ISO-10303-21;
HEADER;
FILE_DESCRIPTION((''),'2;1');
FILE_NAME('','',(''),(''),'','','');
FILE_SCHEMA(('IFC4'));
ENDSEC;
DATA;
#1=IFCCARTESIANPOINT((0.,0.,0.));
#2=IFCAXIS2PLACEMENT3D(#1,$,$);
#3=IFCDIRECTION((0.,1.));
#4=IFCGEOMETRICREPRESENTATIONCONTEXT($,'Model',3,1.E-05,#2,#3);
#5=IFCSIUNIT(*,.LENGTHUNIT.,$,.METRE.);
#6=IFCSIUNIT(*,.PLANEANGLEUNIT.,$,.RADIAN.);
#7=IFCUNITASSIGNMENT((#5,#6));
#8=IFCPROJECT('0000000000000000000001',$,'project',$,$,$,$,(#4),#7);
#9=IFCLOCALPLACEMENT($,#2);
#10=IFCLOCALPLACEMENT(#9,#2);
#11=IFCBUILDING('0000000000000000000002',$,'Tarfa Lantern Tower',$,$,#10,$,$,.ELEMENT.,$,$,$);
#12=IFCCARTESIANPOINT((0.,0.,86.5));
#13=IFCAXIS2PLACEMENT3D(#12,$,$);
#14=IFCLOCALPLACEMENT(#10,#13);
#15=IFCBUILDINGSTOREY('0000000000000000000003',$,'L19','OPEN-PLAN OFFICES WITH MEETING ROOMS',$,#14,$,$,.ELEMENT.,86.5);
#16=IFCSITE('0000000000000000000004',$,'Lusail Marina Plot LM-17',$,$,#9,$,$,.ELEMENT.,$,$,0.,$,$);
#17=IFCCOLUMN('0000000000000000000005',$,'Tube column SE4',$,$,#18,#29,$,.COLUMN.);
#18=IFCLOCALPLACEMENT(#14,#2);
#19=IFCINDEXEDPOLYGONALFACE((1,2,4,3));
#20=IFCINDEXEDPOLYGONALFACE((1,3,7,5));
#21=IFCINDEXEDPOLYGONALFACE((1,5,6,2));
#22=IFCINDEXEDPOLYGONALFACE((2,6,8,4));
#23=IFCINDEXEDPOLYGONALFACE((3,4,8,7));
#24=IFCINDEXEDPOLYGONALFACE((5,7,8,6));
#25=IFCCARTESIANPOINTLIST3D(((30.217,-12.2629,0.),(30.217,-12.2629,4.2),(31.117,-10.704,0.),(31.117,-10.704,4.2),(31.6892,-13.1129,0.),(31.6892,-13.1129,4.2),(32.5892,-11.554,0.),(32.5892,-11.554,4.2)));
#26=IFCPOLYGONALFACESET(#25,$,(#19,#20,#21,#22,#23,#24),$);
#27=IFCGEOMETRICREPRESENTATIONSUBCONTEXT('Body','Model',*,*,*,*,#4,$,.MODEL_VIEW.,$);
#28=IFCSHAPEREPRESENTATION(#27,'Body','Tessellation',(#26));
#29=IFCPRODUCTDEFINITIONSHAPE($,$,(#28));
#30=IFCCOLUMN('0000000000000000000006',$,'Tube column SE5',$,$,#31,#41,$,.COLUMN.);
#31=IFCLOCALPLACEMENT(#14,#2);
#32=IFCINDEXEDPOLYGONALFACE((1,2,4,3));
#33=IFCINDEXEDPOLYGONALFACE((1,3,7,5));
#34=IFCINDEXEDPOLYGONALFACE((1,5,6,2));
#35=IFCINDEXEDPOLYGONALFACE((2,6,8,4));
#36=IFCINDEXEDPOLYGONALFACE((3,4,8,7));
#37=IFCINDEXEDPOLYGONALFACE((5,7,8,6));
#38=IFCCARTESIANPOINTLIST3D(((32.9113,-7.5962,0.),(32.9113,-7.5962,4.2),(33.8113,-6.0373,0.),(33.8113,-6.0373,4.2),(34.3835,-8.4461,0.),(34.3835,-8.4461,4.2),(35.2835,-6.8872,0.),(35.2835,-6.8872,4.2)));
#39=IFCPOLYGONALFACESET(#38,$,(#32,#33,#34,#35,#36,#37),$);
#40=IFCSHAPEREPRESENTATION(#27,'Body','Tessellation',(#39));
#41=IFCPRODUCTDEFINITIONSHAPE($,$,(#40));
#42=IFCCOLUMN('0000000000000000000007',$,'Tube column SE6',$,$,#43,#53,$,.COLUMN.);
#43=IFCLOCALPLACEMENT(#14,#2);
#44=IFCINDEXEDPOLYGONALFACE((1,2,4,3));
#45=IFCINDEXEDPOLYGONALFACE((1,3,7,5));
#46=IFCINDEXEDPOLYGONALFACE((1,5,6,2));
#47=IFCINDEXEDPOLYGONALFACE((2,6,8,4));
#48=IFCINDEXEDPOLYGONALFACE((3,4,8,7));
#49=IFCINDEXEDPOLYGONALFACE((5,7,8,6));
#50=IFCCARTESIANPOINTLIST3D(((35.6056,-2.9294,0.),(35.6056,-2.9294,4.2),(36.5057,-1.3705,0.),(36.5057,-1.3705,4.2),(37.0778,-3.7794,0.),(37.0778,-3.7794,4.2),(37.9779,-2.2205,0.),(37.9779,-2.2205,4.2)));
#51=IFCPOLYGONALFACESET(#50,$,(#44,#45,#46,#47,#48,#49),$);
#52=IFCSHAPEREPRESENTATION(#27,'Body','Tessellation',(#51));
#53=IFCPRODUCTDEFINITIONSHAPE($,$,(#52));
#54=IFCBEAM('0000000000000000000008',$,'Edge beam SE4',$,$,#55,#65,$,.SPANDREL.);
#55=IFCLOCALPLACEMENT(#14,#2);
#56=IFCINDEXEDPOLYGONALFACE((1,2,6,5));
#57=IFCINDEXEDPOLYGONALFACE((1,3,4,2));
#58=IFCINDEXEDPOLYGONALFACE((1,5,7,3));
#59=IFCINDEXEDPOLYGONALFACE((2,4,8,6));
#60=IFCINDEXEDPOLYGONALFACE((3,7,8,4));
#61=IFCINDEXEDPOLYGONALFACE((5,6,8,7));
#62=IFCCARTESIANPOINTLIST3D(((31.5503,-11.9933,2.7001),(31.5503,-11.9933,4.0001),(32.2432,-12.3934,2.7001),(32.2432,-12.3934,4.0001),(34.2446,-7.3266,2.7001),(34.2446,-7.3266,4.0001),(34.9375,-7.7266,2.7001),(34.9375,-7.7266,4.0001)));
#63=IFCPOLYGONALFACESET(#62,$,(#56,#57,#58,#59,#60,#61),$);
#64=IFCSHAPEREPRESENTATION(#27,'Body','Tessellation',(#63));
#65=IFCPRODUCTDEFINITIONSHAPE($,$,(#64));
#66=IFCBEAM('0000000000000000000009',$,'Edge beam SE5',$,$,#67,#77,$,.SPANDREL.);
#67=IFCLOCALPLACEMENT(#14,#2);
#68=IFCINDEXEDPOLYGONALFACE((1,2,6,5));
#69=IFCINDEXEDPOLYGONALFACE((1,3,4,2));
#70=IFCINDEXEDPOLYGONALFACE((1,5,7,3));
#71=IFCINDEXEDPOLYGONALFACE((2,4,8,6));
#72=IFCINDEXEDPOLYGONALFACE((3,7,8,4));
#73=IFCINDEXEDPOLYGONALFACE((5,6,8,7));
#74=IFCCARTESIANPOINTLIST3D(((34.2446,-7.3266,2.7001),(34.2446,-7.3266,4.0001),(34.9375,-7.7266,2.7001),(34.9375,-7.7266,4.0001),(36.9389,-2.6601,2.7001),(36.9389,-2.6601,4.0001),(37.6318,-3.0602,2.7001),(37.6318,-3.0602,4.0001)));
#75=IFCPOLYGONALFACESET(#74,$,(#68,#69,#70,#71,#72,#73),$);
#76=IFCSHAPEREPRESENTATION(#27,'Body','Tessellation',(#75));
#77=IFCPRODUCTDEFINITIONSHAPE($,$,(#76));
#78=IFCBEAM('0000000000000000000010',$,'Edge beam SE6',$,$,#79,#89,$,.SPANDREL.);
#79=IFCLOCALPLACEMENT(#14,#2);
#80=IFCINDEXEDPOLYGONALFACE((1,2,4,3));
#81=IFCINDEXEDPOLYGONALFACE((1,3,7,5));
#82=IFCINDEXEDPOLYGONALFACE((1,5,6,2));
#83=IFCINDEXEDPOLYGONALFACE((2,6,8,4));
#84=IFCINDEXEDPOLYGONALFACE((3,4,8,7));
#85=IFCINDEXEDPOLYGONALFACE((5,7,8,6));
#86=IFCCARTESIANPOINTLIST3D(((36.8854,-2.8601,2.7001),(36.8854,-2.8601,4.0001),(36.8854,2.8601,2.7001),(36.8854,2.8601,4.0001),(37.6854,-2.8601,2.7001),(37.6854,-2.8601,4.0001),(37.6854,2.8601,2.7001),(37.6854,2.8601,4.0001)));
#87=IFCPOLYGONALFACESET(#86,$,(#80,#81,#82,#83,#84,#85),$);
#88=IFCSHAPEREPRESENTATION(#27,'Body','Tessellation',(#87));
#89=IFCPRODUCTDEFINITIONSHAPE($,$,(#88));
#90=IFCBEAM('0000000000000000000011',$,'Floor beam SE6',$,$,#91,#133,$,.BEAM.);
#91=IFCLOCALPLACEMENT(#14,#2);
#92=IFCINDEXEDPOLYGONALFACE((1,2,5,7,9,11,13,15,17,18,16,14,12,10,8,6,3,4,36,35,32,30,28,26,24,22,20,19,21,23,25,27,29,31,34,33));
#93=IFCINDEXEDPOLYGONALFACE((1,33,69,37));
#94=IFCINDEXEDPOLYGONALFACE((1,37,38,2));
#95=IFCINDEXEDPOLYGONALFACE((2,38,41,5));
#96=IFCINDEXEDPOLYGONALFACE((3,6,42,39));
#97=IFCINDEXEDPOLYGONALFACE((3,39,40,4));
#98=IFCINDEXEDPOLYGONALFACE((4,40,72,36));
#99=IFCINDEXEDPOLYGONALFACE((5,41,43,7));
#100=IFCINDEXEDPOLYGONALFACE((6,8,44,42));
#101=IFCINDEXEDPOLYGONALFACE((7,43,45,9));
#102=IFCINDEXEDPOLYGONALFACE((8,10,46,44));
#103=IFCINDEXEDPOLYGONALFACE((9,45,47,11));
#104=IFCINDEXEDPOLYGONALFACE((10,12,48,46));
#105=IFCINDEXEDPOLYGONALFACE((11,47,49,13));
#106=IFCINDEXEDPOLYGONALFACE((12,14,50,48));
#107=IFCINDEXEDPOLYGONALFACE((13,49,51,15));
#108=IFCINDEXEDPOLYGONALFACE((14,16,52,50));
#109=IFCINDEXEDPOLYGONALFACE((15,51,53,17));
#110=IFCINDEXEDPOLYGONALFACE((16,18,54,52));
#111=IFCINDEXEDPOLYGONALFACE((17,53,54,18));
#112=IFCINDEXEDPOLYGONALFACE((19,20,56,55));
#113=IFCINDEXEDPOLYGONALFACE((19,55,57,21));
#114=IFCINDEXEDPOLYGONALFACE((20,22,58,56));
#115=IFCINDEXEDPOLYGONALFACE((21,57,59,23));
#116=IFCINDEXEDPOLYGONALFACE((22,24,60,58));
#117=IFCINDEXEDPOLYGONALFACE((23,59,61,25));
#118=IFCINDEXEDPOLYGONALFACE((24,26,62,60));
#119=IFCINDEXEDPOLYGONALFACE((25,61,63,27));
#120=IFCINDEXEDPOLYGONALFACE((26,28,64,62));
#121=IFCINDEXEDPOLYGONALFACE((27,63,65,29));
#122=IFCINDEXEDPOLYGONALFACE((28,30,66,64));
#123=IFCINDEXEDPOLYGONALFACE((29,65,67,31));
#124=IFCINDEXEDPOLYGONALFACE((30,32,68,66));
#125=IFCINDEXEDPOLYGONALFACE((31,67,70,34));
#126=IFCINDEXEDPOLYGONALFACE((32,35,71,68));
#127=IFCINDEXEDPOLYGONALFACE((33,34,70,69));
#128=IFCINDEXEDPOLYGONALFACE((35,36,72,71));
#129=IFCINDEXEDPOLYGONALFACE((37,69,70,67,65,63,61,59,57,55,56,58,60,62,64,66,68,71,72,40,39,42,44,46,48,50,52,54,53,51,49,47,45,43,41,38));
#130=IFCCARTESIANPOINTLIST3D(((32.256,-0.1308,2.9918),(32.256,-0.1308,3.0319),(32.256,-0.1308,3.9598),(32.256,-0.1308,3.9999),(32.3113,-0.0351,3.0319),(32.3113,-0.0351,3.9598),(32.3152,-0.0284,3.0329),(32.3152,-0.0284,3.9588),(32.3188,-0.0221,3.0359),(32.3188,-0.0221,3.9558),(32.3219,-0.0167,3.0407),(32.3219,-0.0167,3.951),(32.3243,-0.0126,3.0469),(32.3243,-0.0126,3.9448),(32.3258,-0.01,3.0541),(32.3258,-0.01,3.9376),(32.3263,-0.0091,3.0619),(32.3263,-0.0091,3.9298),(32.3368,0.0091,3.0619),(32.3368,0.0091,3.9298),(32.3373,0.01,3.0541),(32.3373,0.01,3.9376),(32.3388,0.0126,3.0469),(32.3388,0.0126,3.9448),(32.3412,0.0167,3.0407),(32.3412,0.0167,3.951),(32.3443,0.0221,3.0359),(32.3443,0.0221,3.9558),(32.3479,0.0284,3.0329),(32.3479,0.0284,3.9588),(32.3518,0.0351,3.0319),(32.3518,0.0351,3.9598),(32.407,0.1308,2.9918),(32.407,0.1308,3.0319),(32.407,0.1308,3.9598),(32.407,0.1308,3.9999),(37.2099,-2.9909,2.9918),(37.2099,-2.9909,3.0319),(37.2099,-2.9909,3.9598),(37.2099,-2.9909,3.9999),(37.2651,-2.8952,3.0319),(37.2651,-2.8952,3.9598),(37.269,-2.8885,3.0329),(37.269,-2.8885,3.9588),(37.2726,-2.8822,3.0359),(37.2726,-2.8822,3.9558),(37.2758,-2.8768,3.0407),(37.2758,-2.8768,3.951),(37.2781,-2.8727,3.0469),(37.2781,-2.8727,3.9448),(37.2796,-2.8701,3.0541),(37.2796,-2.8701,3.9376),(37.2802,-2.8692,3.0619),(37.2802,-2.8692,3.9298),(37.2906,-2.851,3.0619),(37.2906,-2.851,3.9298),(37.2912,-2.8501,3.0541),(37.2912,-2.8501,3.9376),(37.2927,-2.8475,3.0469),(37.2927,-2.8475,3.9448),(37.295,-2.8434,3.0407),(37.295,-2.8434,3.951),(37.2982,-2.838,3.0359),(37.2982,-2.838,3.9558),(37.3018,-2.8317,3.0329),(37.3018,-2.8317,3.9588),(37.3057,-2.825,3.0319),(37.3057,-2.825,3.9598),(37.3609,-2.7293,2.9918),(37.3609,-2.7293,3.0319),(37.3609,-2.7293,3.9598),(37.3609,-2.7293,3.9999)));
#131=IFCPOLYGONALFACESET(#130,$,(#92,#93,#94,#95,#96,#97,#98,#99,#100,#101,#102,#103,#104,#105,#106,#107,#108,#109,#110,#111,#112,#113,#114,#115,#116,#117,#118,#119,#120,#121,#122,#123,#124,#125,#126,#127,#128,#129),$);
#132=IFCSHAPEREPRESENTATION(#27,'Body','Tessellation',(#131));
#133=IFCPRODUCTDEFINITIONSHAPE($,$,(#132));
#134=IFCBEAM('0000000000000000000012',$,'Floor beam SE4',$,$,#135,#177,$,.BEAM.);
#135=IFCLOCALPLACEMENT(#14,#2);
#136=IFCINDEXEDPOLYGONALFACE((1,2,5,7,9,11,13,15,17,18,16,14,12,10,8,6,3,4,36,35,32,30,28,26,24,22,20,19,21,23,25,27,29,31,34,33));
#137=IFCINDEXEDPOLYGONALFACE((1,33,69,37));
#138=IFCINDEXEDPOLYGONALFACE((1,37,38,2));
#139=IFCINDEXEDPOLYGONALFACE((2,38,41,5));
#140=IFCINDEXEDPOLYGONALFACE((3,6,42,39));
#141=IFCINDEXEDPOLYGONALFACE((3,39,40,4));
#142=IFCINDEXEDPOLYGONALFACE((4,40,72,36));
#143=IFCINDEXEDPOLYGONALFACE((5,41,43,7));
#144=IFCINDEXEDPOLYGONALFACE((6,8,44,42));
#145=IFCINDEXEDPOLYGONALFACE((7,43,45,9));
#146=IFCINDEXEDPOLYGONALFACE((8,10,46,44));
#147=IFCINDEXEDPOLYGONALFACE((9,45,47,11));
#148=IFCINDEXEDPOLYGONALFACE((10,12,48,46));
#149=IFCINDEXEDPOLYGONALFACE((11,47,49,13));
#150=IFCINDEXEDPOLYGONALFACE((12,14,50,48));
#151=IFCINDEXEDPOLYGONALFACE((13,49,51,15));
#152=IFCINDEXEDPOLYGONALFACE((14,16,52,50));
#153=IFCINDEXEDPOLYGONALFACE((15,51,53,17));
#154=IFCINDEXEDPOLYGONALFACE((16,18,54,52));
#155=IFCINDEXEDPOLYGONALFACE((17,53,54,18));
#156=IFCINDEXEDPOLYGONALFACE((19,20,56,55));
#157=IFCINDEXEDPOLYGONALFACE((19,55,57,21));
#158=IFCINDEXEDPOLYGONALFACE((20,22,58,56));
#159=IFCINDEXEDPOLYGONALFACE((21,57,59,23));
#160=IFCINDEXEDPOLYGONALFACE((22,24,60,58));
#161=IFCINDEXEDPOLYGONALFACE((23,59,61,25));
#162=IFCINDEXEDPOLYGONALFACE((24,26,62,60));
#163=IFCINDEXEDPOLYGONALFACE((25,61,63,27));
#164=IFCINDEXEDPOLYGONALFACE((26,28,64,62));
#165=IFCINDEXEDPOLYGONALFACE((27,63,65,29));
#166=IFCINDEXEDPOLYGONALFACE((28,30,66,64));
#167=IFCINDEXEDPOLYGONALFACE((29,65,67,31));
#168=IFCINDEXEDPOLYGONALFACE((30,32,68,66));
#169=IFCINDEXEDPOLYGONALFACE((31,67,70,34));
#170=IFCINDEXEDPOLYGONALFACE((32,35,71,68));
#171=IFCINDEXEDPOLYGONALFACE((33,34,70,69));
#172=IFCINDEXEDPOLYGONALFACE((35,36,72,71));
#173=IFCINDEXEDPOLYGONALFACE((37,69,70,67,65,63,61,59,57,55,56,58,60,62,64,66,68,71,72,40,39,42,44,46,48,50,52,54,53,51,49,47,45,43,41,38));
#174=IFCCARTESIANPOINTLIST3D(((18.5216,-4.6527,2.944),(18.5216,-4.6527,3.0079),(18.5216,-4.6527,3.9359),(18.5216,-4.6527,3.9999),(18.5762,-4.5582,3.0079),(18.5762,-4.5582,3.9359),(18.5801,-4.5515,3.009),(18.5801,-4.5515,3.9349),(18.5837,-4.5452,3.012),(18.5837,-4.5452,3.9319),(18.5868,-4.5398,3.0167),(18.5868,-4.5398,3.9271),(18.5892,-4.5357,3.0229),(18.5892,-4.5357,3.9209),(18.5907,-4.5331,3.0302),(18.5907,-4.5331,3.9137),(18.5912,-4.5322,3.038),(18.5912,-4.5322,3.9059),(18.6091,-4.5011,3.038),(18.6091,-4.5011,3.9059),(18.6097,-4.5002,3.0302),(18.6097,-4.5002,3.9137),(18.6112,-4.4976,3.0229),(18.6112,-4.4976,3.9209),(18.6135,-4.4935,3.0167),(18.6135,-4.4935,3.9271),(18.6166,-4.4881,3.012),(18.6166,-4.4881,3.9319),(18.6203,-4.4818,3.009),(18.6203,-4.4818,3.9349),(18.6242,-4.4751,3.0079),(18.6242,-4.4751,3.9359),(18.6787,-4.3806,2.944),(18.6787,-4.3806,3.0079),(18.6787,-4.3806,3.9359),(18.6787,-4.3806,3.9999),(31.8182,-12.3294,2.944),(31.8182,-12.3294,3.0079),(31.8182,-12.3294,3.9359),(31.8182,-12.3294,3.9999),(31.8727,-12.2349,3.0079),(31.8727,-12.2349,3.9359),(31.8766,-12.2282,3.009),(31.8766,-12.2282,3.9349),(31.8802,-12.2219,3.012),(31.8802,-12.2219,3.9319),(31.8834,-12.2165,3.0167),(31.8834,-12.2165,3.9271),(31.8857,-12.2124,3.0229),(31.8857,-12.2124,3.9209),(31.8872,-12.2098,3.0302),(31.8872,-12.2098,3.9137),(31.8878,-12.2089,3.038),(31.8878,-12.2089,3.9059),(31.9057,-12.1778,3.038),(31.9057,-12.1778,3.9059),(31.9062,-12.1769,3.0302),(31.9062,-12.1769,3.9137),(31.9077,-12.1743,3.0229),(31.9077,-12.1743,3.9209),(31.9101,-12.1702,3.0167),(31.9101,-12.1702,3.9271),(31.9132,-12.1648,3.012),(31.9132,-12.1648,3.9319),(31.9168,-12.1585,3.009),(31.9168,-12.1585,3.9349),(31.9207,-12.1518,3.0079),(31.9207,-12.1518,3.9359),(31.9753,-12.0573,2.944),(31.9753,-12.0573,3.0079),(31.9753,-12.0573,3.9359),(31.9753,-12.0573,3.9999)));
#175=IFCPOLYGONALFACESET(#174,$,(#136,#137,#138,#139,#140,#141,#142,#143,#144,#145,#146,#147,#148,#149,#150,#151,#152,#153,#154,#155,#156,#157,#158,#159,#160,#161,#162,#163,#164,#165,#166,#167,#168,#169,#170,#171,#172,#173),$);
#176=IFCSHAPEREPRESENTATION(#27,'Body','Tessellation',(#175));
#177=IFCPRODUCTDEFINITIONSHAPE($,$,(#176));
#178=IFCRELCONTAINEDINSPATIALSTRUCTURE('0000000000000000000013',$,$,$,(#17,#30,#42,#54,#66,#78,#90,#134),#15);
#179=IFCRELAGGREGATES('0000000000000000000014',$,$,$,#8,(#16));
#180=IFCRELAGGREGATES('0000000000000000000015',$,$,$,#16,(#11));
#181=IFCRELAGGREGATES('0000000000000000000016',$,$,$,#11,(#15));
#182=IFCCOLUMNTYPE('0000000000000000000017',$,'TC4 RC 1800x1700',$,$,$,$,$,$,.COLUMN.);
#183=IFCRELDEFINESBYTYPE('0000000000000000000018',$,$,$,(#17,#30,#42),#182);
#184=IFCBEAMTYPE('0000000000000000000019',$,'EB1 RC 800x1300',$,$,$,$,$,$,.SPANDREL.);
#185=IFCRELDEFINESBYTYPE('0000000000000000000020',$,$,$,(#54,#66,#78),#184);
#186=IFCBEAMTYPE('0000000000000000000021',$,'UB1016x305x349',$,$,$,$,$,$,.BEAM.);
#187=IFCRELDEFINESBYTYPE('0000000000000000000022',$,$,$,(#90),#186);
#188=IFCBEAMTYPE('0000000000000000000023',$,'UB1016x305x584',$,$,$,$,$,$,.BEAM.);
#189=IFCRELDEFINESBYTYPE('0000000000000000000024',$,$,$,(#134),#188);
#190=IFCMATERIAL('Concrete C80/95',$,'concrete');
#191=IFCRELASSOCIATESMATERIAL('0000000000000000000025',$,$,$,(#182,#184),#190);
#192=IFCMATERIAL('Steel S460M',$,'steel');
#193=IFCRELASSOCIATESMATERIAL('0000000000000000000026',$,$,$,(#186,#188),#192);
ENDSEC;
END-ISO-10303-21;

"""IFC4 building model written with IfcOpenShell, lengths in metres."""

from ifc_helpers import new_model, si_unit, direction, frame, origin, origin_2d, place, context, subcontext, project, spatial, rectangle, i_section, extrude, material, material_profile, profile_set, type_object, element, save


model = new_model("IFC4")

# Units and contexts
model_context = context("Model", 3, precision=1e-05, world=origin(), true_north=direction((0.0, 1.0)))
body_context = subcontext(model_context, "Body", "Model", "MODEL_VIEW")
ifc_project = project(units=[si_unit("LENGTHUNIT", "METRE"), si_unit("PLANEANGLEUNIT", "RADIAN")], contexts=[model_context])

# Site, building, storey
site_placement = place(None, origin())
site = spatial("IfcSite", under=ifc_project, at=site_placement, Name="Lusail Marina Plot LM-17", CompositionType="ELEMENT", RefElevation=0.0)
building_placement = place(site_placement, origin())
building = spatial("IfcBuilding", under=site, at=building_placement, Name="Tarfa Lantern Tower", CompositionType="ELEMENT")
storey_placement = place(building_placement, frame((0.0, 0.0, 86.5)))
storey = spatial("IfcBuildingStorey", under=building, at=storey_placement, Name="L19", Description="OPEN-PLAN OFFICES WITH MEETING ROOMS", CompositionType="ELEMENT", Elevation=86.5)

# Columns
ifc_material_1 = material(Name="Concrete C80/95", Category="concrete")
ifc_material_profile_1 = material_profile(ifc_material_1, rectangle(XDim=1.8, YDim=1.7, at=origin_2d()), Name="RC 1800x1700")
ifc_profile_set_1 = profile_set([ifc_material_profile_1], Name="Concrete C80/95")
column_type = type_object("IfcColumnType", Name="TC4 RC 1800x1700", PredefinedType="COLUMN", material=ifc_profile_set_1)
for number, where, z_axis, x_axis, name in (
    (1, (31.4031, -11.9084, 0.0), (0.0, 0.0, 1.0), (0.5, 0.866025, 0.0), "Tube column SE4"),
    (2, (34.0974, -7.2417, 0.0), (0.0, 0.0, 1.0), (0.5, 0.866025, 0.0), "Tube column SE5"),
    (3, (36.7917, -2.575, 0.0), (0.0, 0.0, 1.0), (0.5, 0.866025, 0.0), "Tube column SE6"),
):
    element("IfcColumn", number, at=place(storey_placement, frame(where, z_axis=z_axis, x_axis=x_axis)), inside=storey, type_object=column_type, Name=name, PredefinedType="COLUMN", context=body_context, shape_type="SweptSolid", body=[
        extrude(rectangle(XDim=1.8, YDim=1.7, at=origin_2d()), origin(), (0.0, 0.0, 1.0), 4.2),
    ])

# Beams
ifc_material_profile_2 = material_profile(ifc_material_1, rectangle(XDim=0.8, YDim=1.3, at=origin_2d()), Name="RC 800x1300")
ifc_profile_set_2 = profile_set([ifc_material_profile_2], Name="Concrete C80/95")
beam_type_1 = type_object("IfcBeamType", Name="EB1 RC 800x1300", PredefinedType="SPANDREL", material=ifc_profile_set_2)
beam_1_placement = place(storey_placement, frame((31.8967, -12.1934, 3.3501), z_axis=(0.499998, 0.866026, 0.0), x_axis=(-0.866026, 0.499998, 0.0)))
element("IfcBeam", 4, at=beam_1_placement, inside=storey, type_object=beam_type_1, Name="Edge beam SE4", PredefinedType="SPANDREL", context=body_context, shape_type="SweptSolid", body=[
    extrude(rectangle(XDim=0.8, YDim=1.3, at=origin_2d()), origin(), (0.0, 0.0, 1.0), 5.3887),
])
beam_2_placement = place(storey_placement, frame((34.5911, -7.5266, 3.3501), z_axis=(0.500018, 0.866015, 0.0), x_axis=(-0.866015, 0.500018, 0.0)))
element("IfcBeam", 5, at=beam_2_placement, inside=storey, type_object=beam_type_1, Name="Edge beam SE5", PredefinedType="SPANDREL", context=body_context, shape_type="SweptSolid", body=[
    extrude(rectangle(XDim=0.8, YDim=1.3, at=origin_2d()), origin(), (0.0, 0.0, 1.0), 5.3884),
])
beam_3_placement = place(storey_placement, frame((37.2854, -2.8601, 3.3501), z_axis=(0.0, 1.0, 0.0), x_axis=(-1.0, 0.0, 0.0)))
element("IfcBeam", 6, at=beam_3_placement, inside=storey, type_object=beam_type_1, Name="Edge beam SE6", PredefinedType="SPANDREL", context=body_context, shape_type="SweptSolid", body=[
    extrude(rectangle(XDim=0.8, YDim=1.3, at=origin_2d()), origin(), (0.0, 0.0, 1.0), 5.7202),
])
ifc_material_2 = material(Name="Steel S460M", Category="steel")
ifc_material_profile_3 = material_profile(ifc_material_2, i_section(OverallWidth=0.302, OverallDepth=1.0081, WebThickness=0.021, FlangeThickness=0.04, FilletRadius=0.03, at=origin_2d()), Name="UB1016x305x349")
ifc_profile_set_3 = profile_set([ifc_material_profile_3], Name="Steel S460M")
beam_type_2 = type_object("IfcBeamType", Name="UB1016x305x349", PredefinedType="BEAM", material=ifc_profile_set_3)
beam_4_placement = place(storey_placement, frame((37.2854, -2.8601, 3.4958), z_axis=(-0.866026, 0.5, 0.0), x_axis=(-0.5, -0.866026, 0.0)))
element("IfcBeam", 7, at=beam_4_placement, inside=storey, type_object=beam_type_2, Name="Floor beam SE6", PredefinedType="BEAM", context=body_context, shape_type="SweptSolid", body=[
    extrude(i_section(OverallWidth=0.302, OverallDepth=1.0081, WebThickness=0.021, FlangeThickness=0.04, FilletRadius=0.03, at=origin_2d()), origin(), (0.0, 0.0, 1.0), 5.7202),
])
ifc_material_profile_4 = material_profile(ifc_material_2, i_section(OverallWidth=0.3142, OverallDepth=1.0559, WebThickness=0.0359, FlangeThickness=0.064, FilletRadius=0.03, at=origin_2d()), Name="UB1016x305x584")
ifc_profile_set_4 = profile_set([ifc_material_profile_4], Name="Steel S460M")
beam_type_3 = type_object("IfcBeamType", Name="UB1016x305x584", PredefinedType="BEAM", material=ifc_profile_set_4)
beam_5_placement = place(storey_placement, frame((31.8967, -12.1934, 3.4719), z_axis=(-0.866027, 0.499997, 0.0), x_axis=(-0.499997, -0.866027, 0.0)))
element("IfcBeam", 8, at=beam_5_placement, inside=storey, type_object=beam_type_3, Name="Floor beam SE4", PredefinedType="BEAM", context=body_context, shape_type="SweptSolid", body=[
    extrude(i_section(OverallWidth=0.3142, OverallDepth=1.0559, WebThickness=0.0359, FlangeThickness=0.064, FilletRadius=0.03, at=origin_2d()), origin(), (0.0, 0.0, 1.0), 15.3535),
])

save(model, "model.ifc")
